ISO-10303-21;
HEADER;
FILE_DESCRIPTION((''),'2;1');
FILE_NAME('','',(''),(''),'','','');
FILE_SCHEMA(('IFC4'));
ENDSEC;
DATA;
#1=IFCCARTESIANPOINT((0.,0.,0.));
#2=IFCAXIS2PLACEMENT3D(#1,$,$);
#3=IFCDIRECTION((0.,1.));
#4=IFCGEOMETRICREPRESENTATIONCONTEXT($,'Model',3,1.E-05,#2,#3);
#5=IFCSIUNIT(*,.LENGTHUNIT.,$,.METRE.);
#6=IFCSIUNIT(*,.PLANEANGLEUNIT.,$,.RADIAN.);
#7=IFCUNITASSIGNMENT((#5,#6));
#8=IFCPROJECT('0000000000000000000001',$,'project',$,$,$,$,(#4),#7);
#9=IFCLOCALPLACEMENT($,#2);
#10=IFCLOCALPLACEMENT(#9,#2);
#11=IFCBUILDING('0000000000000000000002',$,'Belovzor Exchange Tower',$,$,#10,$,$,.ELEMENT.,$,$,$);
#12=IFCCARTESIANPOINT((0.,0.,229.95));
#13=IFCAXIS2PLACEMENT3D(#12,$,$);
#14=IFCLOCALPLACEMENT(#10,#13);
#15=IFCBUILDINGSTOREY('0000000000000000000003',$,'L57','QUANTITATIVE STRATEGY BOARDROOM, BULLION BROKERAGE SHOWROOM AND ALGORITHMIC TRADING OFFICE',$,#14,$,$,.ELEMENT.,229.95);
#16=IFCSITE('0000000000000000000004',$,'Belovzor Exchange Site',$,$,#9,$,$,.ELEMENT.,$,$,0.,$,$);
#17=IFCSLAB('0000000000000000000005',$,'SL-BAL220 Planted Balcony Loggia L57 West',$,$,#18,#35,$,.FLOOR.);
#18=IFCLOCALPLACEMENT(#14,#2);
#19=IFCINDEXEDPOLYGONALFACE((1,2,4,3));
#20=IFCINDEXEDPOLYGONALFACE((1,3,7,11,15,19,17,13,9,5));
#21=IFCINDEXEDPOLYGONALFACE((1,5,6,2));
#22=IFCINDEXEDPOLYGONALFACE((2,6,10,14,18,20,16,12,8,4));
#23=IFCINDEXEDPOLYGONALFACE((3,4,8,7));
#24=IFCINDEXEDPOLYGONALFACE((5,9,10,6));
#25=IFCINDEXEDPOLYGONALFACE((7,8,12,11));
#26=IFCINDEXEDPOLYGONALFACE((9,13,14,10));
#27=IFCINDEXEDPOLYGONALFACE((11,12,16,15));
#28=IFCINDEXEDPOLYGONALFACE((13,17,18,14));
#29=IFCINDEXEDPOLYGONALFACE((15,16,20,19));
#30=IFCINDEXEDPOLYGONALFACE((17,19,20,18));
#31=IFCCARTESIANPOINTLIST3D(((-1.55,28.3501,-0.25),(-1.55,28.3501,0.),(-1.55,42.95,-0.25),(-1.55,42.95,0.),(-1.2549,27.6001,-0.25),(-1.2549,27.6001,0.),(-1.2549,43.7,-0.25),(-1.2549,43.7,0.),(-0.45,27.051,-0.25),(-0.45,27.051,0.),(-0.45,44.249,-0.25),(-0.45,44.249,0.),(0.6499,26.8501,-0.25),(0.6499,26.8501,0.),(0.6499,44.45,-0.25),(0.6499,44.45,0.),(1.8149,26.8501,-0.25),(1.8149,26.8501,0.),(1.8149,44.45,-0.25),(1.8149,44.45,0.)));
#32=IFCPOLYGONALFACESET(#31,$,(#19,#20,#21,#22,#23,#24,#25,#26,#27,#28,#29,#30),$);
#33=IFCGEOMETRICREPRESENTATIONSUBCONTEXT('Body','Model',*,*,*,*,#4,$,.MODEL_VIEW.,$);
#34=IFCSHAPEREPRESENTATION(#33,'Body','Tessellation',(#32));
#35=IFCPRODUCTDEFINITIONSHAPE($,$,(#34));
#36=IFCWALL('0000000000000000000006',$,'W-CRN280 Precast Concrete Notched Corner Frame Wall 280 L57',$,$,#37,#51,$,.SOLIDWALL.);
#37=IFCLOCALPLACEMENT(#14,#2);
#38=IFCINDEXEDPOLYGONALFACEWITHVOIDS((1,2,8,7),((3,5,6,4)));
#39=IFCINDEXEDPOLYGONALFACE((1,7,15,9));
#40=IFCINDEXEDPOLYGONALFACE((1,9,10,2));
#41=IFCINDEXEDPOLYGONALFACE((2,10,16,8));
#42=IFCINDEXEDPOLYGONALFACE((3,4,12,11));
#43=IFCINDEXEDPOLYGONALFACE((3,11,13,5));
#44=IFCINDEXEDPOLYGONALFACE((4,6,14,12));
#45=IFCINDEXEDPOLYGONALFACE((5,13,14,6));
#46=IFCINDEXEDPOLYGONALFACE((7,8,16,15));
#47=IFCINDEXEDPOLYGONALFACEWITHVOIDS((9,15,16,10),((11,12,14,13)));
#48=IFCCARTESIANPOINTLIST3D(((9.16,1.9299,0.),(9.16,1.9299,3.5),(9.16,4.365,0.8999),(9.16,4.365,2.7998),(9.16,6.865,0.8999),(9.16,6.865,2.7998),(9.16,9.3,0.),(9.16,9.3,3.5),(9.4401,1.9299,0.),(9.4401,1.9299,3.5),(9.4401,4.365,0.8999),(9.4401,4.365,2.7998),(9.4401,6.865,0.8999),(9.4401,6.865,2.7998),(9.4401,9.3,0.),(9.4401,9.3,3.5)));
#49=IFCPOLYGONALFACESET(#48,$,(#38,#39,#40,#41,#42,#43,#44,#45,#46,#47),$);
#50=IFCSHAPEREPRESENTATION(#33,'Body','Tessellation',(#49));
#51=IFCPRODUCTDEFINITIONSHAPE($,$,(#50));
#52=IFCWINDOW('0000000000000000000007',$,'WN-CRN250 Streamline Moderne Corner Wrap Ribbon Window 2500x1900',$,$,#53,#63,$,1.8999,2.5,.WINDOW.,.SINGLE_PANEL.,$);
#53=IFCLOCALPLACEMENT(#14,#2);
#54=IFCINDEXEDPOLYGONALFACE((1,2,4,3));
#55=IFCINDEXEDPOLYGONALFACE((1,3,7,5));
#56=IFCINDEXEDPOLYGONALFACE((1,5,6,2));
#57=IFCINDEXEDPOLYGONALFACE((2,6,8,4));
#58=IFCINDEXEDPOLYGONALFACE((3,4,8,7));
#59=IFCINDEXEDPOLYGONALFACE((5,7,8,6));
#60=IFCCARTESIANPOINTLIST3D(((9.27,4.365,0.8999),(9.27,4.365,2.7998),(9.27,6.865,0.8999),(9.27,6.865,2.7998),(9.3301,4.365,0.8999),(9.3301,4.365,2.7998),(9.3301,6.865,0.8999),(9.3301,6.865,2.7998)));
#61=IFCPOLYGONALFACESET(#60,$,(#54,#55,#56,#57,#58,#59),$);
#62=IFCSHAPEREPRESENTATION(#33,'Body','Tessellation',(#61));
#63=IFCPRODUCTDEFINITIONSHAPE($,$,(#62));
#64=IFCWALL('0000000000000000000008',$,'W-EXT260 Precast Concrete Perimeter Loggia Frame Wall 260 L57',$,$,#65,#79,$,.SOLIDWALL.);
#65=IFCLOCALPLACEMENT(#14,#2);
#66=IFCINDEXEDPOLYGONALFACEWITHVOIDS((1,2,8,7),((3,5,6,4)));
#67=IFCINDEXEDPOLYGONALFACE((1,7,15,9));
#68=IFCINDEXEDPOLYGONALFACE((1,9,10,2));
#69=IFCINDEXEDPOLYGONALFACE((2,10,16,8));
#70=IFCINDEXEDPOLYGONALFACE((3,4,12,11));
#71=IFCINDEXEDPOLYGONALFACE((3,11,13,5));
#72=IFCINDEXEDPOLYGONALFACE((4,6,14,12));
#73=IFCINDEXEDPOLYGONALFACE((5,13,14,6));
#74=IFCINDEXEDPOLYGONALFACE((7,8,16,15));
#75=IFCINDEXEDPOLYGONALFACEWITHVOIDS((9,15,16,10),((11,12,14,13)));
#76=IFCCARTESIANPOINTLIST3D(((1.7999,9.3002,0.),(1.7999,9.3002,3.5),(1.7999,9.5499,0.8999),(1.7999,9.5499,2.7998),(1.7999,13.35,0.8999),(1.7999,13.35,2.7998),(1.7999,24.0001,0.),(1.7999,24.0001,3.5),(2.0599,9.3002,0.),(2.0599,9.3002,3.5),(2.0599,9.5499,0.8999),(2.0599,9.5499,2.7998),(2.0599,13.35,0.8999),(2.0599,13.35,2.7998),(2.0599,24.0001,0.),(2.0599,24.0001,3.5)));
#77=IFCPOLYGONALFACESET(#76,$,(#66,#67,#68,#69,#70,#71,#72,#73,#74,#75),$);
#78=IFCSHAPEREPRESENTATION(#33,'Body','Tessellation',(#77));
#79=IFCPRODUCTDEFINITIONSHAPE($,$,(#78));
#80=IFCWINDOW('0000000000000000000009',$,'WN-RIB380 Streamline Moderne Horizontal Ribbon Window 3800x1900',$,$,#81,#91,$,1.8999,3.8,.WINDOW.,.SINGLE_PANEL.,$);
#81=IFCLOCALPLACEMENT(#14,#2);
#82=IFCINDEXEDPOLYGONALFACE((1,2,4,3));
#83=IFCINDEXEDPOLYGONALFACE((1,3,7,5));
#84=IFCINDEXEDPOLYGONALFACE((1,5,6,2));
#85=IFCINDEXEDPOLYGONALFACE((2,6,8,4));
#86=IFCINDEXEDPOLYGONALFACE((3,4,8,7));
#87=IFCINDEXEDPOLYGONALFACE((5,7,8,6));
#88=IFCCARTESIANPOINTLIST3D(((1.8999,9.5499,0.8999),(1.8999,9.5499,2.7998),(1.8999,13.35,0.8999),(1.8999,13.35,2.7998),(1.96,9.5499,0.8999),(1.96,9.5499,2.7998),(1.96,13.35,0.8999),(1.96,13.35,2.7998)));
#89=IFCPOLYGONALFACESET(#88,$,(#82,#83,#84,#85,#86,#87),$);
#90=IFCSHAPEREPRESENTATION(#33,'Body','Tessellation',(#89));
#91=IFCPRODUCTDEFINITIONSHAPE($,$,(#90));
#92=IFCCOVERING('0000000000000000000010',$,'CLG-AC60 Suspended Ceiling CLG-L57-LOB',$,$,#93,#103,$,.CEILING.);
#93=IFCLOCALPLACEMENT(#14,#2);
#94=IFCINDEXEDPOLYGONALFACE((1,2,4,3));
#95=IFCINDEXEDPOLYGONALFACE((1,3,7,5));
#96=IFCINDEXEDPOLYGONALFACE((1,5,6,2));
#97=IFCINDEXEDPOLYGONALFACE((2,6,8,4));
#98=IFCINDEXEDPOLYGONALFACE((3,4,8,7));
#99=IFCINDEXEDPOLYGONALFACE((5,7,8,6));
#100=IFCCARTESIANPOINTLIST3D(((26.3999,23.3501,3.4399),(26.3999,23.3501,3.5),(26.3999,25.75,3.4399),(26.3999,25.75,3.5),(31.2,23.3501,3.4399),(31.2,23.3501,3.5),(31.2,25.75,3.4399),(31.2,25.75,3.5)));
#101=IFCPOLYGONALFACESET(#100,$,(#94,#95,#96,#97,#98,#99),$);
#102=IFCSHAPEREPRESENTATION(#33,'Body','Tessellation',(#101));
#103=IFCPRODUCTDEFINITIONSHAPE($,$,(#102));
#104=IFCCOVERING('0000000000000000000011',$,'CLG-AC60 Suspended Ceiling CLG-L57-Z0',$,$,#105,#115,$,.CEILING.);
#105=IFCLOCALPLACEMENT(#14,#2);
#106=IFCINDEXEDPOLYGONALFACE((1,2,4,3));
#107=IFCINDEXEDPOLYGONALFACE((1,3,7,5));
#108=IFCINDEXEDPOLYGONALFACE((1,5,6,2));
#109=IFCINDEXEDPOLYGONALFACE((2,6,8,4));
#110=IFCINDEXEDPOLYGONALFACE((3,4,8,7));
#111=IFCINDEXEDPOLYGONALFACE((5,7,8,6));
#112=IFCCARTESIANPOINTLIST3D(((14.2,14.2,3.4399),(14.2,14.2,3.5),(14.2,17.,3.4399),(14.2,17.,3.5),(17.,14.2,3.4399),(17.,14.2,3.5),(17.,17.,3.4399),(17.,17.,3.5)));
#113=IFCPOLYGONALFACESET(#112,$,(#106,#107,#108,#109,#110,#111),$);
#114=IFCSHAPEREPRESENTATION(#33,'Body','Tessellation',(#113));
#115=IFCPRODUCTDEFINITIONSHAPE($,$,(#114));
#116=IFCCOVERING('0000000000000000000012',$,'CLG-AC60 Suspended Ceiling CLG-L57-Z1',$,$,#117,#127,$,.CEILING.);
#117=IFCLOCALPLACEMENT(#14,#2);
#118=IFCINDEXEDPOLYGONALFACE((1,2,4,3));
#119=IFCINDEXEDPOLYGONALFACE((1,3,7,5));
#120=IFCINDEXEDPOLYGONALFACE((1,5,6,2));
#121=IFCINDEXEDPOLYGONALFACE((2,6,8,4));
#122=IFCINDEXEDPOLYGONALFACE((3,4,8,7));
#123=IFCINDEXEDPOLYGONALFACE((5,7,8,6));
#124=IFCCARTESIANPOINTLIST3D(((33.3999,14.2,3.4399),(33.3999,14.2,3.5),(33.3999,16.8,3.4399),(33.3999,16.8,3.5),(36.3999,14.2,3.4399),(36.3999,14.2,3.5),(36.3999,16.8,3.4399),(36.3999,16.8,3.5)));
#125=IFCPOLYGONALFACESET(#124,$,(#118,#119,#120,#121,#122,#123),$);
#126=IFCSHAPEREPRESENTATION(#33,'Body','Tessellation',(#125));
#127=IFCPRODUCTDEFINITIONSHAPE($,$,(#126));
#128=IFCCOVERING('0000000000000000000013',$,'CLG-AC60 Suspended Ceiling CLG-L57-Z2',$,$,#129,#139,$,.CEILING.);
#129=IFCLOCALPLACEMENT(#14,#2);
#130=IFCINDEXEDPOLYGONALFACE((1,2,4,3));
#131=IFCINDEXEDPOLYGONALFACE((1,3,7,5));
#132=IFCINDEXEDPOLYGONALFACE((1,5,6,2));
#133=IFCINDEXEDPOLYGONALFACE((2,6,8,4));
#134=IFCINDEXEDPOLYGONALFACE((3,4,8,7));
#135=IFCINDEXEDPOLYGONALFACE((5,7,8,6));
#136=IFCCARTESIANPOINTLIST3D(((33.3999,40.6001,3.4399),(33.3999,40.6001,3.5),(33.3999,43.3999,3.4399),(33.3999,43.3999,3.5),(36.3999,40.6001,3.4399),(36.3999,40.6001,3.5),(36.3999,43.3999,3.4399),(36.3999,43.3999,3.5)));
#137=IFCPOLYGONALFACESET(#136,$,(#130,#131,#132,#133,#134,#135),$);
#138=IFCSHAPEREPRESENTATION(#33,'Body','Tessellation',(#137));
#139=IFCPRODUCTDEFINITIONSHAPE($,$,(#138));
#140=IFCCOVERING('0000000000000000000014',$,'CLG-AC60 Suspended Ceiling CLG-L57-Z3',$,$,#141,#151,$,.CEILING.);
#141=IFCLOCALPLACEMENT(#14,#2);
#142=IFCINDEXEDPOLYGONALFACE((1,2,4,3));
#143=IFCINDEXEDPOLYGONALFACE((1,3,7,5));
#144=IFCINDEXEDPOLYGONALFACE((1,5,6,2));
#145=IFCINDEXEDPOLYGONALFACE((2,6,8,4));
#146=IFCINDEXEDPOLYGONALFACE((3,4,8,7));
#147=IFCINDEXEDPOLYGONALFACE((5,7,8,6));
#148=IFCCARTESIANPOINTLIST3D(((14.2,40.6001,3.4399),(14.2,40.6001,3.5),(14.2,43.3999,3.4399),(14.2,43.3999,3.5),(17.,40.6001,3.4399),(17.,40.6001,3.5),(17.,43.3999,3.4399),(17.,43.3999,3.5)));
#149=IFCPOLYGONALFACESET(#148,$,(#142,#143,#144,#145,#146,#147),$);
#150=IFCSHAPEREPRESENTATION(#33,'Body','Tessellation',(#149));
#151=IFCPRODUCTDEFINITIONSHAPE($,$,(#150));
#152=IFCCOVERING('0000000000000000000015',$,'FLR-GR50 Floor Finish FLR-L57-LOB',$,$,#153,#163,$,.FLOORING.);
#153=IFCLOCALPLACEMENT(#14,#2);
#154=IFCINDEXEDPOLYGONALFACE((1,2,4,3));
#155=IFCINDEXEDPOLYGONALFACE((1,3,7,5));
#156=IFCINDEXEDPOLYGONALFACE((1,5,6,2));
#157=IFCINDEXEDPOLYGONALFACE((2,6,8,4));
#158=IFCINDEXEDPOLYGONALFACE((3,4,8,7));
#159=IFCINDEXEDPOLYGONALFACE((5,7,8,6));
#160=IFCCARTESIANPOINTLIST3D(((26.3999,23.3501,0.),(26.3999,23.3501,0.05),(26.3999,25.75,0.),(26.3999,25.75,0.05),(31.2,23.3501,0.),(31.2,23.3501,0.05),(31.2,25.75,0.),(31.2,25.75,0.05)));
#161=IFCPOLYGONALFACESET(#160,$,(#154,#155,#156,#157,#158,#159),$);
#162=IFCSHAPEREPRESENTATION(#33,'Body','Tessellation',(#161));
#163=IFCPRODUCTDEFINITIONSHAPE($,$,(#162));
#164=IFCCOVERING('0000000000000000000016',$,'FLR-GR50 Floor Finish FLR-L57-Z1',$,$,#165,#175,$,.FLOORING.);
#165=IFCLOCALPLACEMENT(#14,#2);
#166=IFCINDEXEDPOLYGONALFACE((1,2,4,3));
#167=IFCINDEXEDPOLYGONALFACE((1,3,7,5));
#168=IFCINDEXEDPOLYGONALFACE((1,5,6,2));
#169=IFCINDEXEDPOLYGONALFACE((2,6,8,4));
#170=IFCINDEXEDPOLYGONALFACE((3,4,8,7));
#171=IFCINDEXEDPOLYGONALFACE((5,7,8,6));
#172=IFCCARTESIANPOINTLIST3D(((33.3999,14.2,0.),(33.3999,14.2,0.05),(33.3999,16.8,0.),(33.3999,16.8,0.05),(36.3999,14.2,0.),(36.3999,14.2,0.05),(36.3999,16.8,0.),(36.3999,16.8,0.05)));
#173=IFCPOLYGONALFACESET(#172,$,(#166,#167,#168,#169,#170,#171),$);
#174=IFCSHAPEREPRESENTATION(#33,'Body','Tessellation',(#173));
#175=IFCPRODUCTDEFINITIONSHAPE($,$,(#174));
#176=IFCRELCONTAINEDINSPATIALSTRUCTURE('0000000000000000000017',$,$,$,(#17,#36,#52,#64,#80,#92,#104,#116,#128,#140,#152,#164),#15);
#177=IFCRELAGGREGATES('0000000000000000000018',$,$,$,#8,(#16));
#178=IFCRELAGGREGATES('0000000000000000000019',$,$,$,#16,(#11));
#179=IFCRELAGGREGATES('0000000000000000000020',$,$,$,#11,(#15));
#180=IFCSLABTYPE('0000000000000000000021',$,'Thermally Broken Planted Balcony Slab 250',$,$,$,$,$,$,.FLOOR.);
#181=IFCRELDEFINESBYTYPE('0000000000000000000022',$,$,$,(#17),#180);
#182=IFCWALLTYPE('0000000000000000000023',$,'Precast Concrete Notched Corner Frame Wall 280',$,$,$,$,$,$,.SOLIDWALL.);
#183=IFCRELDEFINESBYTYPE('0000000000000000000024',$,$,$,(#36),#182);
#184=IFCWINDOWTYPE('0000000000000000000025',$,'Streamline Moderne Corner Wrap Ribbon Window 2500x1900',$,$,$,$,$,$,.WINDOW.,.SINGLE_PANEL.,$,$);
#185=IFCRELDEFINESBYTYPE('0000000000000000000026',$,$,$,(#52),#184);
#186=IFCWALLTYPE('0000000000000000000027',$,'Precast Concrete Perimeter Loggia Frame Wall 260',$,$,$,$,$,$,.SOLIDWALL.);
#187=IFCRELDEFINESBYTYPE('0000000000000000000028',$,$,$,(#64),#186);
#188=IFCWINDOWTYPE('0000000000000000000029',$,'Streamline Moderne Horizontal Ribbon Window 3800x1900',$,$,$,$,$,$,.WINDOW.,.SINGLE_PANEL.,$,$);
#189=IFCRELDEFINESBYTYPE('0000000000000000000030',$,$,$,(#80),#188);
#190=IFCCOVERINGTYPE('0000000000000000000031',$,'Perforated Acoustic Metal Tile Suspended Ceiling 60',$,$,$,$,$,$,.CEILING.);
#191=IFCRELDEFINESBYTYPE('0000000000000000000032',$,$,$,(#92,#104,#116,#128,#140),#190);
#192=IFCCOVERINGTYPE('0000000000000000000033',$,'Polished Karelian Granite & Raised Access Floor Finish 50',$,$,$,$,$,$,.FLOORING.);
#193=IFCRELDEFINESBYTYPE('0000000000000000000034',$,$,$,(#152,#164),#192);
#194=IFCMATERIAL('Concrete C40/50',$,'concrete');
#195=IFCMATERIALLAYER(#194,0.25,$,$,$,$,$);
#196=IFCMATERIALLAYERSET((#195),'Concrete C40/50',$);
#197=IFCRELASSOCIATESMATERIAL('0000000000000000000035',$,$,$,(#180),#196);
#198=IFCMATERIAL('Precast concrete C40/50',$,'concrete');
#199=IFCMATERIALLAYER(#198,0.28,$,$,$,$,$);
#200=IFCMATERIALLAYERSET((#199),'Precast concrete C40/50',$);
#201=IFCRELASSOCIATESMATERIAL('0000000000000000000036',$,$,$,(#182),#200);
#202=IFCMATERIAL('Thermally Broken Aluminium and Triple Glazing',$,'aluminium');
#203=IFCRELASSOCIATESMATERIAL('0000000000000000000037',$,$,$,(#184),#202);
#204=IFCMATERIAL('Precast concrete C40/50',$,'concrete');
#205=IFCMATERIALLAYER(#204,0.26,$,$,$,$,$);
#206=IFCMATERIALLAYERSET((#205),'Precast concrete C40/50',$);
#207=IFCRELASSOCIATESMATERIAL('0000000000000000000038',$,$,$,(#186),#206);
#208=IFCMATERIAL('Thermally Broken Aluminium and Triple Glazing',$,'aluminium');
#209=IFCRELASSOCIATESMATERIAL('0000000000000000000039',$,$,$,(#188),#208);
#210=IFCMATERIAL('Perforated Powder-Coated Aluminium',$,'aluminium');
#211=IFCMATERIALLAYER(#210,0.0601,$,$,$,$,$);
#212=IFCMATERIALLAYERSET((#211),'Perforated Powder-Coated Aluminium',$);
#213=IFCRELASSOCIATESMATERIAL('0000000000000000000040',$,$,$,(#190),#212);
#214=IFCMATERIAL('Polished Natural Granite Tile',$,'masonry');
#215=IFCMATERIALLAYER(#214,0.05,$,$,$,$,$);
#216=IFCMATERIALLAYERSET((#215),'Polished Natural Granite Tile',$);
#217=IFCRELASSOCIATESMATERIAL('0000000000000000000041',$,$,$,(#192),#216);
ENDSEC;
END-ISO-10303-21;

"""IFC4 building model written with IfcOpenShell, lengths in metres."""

from ifc_helpers import new_model, si_unit, direction, frame, frame_2d, origin, place, context, subcontext, project, spatial, polyline, rectangle, outline, extrude, material, layer, layer_set, type_object, element, fill, save


model = new_model("IFC4")

# Units and contexts
model_context = context("Model", 3, precision=1e-05, world=origin(), true_north=direction((0.0, 1.0)))
body_context = subcontext(model_context, "Body", "Model", "MODEL_VIEW")
ifc_project = project(units=[si_unit("LENGTHUNIT", "METRE"), si_unit("PLANEANGLEUNIT", "RADIAN")], contexts=[model_context])

# Site, building, storey
site_placement = place(None, origin())
site = spatial("IfcSite", under=ifc_project, at=site_placement, Name="Belovzor Exchange Site", CompositionType="ELEMENT", RefElevation=0.0)
building_placement = place(site_placement, origin())
building = spatial("IfcBuilding", under=site, at=building_placement, Name="Belovzor Exchange Tower", CompositionType="ELEMENT")
storey_placement = place(building_placement, frame((0.0, 0.0, 229.95)))
storey = spatial("IfcBuildingStorey", under=building, at=storey_placement, Name="L57", Description="QUANTITATIVE STRATEGY BOARDROOM, BULLION BROKERAGE SHOWROOM AND ALGORITHMIC TRADING OFFICE", CompositionType="ELEMENT", Elevation=229.95)

# Slab
ifc_material_1 = material(Name="Concrete C40/50", Category="concrete")
ifc_layer_1 = layer(ifc_material_1, 0.25)
ifc_layer_set_1 = layer_set([ifc_layer_1], Name="Concrete C40/50")
slab_type_1 = type_object("IfcSlabType", Name="Thermally Broken Planted Balcony Slab 250", PredefinedType="FLOOR", material=ifc_layer_set_1)
slab_1_placement = place(storey_placement, frame((0.0, 0.0, -0.25)))
element("IfcSlab", 1, at=slab_1_placement, inside=storey, type_object=slab_type_1, Name="SL-BAL220 Planted Balcony Loggia L57 West", PredefinedType="FLOOR", context=body_context, shape_type="SweptSolid", body=[
    extrude(outline(polyline([(1.8149, 44.45), (0.6499, 44.45), (-0.45, 44.249), (-1.2549, 43.7), (-1.55, 42.95), (-1.55, 28.3501), (-1.2549, 27.6001), (-0.45, 27.051), (0.6499, 26.8501), (1.8149, 26.8501), (1.8149, 44.45)])), origin(), (0.0, 0.0, 1.0), 0.25),
])

# Walls, openings, windows
ifc_material_2 = material(Name="Precast concrete C40/50", Category="concrete")
ifc_layer_2 = layer(ifc_material_2, 0.28)
ifc_layer_set_2 = layer_set([ifc_layer_2], Name="Precast concrete C40/50")
wall_type_1 = type_object("IfcWallType", Name="Precast Concrete Notched Corner Frame Wall 280", PredefinedType="SOLIDWALL", material=ifc_layer_set_2)
wall_1_placement = place(storey_placement, frame((9.3, 1.9299, 0.0), z_axis=(0.0, 0.0, 1.0), x_axis=(0.0, 1.0, 0.0)))
wall_1 = element("IfcWall", 2, at=wall_1_placement, inside=storey, type_object=wall_type_1, Name="W-CRN280 Precast Concrete Notched Corner Frame Wall 280 L57", PredefinedType="SOLIDWALL", context=body_context, shape_type="SweptSolid", body=[
    extrude(rectangle(XDim=7.3701, YDim=0.28, at=frame_2d((3.6851, 0.0))), origin(), (0.0, 0.0, 1.0), 3.5),
])
opening_1_placement = place(wall_1_placement, frame((2.4351, 0.0, 0.8999)))
opening_1 = element("IfcOpeningElement", 3, at=opening_1_placement, cuts=wall_1, PredefinedType="OPENING", context=body_context, shape_type="SweptSolid", body=[
    extrude(rectangle(XDim=2.5, YDim=1.8999, at=frame_2d((1.25, 0.95))), frame((0.0, 0.1499, 0.0), z_axis=(0.0, -1.0, 0.0), x_axis=(1.0, 0.0, 0.0)), (0.0, 0.0, 1.0), 0.3),
])
ifc_material_3 = material(Name="Thermally Broken Aluminium and Triple Glazing", Category="aluminium")
window_type_1 = type_object("IfcWindowType", Name="Streamline Moderne Corner Wrap Ribbon Window 2500x1900", PartitioningType="SINGLE_PANEL", PredefinedType="WINDOW", material=ifc_material_3)
window_1_placement = place(opening_1_placement, origin())
window_1 = element("IfcWindow", 4, at=window_1_placement, inside=storey, type_object=window_type_1, Name="WN-CRN250 Streamline Moderne Corner Wrap Ribbon Window 2500x1900", OverallHeight=1.8999, OverallWidth=2.5, PartitioningType="SINGLE_PANEL", PredefinedType="WINDOW", context=body_context, shape_type="SweptSolid", body=[
    extrude(rectangle(XDim=2.5, YDim=1.8999, at=frame_2d((1.25, 0.95))), frame((0.0, 0.03, 0.0), z_axis=(0.0, -1.0, 0.0), x_axis=(1.0, 0.0, 0.0)), (0.0, 0.0, 1.0), 0.0601),
])
fill(opening_1, window_1)
ifc_material_4 = material(Name="Precast concrete C40/50", Category="concrete")
ifc_layer_3 = layer(ifc_material_4, 0.26)
ifc_layer_set_3 = layer_set([ifc_layer_3], Name="Precast concrete C40/50")
wall_type_2 = type_object("IfcWallType", Name="Precast Concrete Perimeter Loggia Frame Wall 260", PredefinedType="SOLIDWALL", material=ifc_layer_set_3)
wall_2_placement = place(storey_placement, frame((1.9299, 9.3, 0.0), z_axis=(0.0, 0.0, 1.0), x_axis=(0.0, 1.0, 0.0)))
wall_2 = element("IfcWall", 5, at=wall_2_placement, inside=storey, type_object=wall_type_2, Name="W-EXT260 Precast Concrete Perimeter Loggia Frame Wall 260 L57", PredefinedType="SOLIDWALL", context=body_context, shape_type="SweptSolid", body=[
    extrude(rectangle(XDim=14.7, YDim=0.26, at=frame_2d((7.3501, 0.0))), origin(), (0.0, 0.0, 1.0), 3.5),
])
opening_2_placement = place(wall_2_placement, frame((0.25, 0.0, 0.8999)))
opening_2 = element("IfcOpeningElement", 6, at=opening_2_placement, cuts=wall_2, PredefinedType="OPENING", context=body_context, shape_type="SweptSolid", body=[
    extrude(rectangle(XDim=3.8, YDim=1.8999, at=frame_2d((1.8999, 0.95))), frame((0.0, 0.1399, 0.0), z_axis=(0.0, -1.0, 0.0), x_axis=(1.0, 0.0, 0.0)), (0.0, 0.0, 1.0), 0.28),
])
ifc_material_5 = material(Name="Thermally Broken Aluminium and Triple Glazing", Category="aluminium")
window_type_2 = type_object("IfcWindowType", Name="Streamline Moderne Horizontal Ribbon Window 3800x1900", PartitioningType="SINGLE_PANEL", PredefinedType="WINDOW", material=ifc_material_5)
window_2_placement = place(opening_2_placement, origin())
window_2 = element("IfcWindow", 7, at=window_2_placement, inside=storey, type_object=window_type_2, Name="WN-RIB380 Streamline Moderne Horizontal Ribbon Window 3800x1900", OverallHeight=1.8999, OverallWidth=3.8, PartitioningType="SINGLE_PANEL", PredefinedType="WINDOW", context=body_context, shape_type="SweptSolid", body=[
    extrude(rectangle(XDim=3.8, YDim=1.8999, at=frame_2d((1.8999, 0.95))), frame((0.0, 0.03, 0.0), z_axis=(0.0, -1.0, 0.0), x_axis=(1.0, 0.0, 0.0)), (0.0, 0.0, 1.0), 0.0601),
])
fill(opening_2, window_2)

# Coverings
ifc_material_6 = material(Name="Perforated Powder-Coated Aluminium", Category="aluminium")
ifc_layer_4 = layer(ifc_material_6, 0.0601)
ifc_layer_set_4 = layer_set([ifc_layer_4], Name="Perforated Powder-Coated Aluminium")
covering_type_1 = type_object("IfcCoveringType", Name="Perforated Acoustic Metal Tile Suspended Ceiling 60", PredefinedType="CEILING", material=ifc_layer_set_4)
covering_1_placement = place(storey_placement, frame((0.0, 0.0, 3.4399)))
element("IfcCovering", 8, at=covering_1_placement, inside=storey, type_object=covering_type_1, Name="CLG-AC60 Suspended Ceiling CLG-L57-LOB", PredefinedType="CEILING", context=body_context, shape_type="SweptSolid", body=[
    extrude(outline(polyline([(26.3999, 23.3501), (31.2, 23.3501), (31.2, 25.75), (26.3999, 25.75), (26.3999, 23.3501)])), origin(), (0.0, 0.0, 1.0), 0.0601),
])
covering_2_placement = place(storey_placement, frame((0.0, 0.0, 3.4399)))
element("IfcCovering", 9, at=covering_2_placement, inside=storey, type_object=covering_type_1, Name="CLG-AC60 Suspended Ceiling CLG-L57-Z0", PredefinedType="CEILING", context=body_context, shape_type="SweptSolid", body=[
    extrude(outline(polyline([(14.2, 14.2), (17.0, 14.2), (17.0, 17.0), (14.2, 17.0), (14.2, 14.2)])), origin(), (0.0, 0.0, 1.0), 0.0601),
])
covering_3_placement = place(storey_placement, frame((0.0, 0.0, 3.4399)))
element("IfcCovering", 10, at=covering_3_placement, inside=storey, type_object=covering_type_1, Name="CLG-AC60 Suspended Ceiling CLG-L57-Z1", PredefinedType="CEILING", context=body_context, shape_type="SweptSolid", body=[
    extrude(outline(polyline([(33.3999, 14.2), (36.3999, 14.2), (36.3999, 16.8), (33.3999, 16.8), (33.3999, 14.2)])), origin(), (0.0, 0.0, 1.0), 0.0601),
])
covering_4_placement = place(storey_placement, frame((0.0, 0.0, 3.4399)))
element("IfcCovering", 11, at=covering_4_placement, inside=storey, type_object=covering_type_1, Name="CLG-AC60 Suspended Ceiling CLG-L57-Z2", PredefinedType="CEILING", context=body_context, shape_type="SweptSolid", body=[
    extrude(outline(polyline([(33.3999, 40.6001), (36.3999, 40.6001), (36.3999, 43.3999), (33.3999, 43.3999), (33.3999, 40.6001)])), origin(), (0.0, 0.0, 1.0), 0.0601),
])
covering_5_placement = place(storey_placement, frame((0.0, 0.0, 3.4399)))
element("IfcCovering", 12, at=covering_5_placement, inside=storey, type_object=covering_type_1, Name="CLG-AC60 Suspended Ceiling CLG-L57-Z3", PredefinedType="CEILING", context=body_context, shape_type="SweptSolid", body=[
    extrude(outline(polyline([(14.2, 40.6001), (17.0, 40.6001), (17.0, 43.3999), (14.2, 43.3999), (14.2, 40.6001)])), origin(), (0.0, 0.0, 1.0), 0.0601),
])
ifc_material_7 = material(Name="Polished Natural Granite Tile", Category="masonry")
ifc_layer_5 = layer(ifc_material_7, 0.05)
ifc_layer_set_5 = layer_set([ifc_layer_5], Name="Polished Natural Granite Tile")
covering_type_2 = type_object("IfcCoveringType", Name="Polished Karelian Granite & Raised Access Floor Finish 50", PredefinedType="FLOORING", material=ifc_layer_set_5)
covering_6_placement = place(storey_placement, origin())
element("IfcCovering", 13, at=covering_6_placement, inside=storey, type_object=covering_type_2, Name="FLR-GR50 Floor Finish FLR-L57-LOB", PredefinedType="FLOORING", context=body_context, shape_type="SweptSolid", body=[
    extrude(outline(polyline([(26.3999, 23.3501), (31.2, 23.3501), (31.2, 25.75), (26.3999, 25.75), (26.3999, 23.3501)])), origin(), (0.0, 0.0, 1.0), 0.05),
])
covering_7_placement = place(storey_placement, origin())
element("IfcCovering", 14, at=covering_7_placement, inside=storey, type_object=covering_type_2, Name="FLR-GR50 Floor Finish FLR-L57-Z1", PredefinedType="FLOORING", context=body_context, shape_type="SweptSolid", body=[
    extrude(outline(polyline([(33.3999, 14.2), (36.3999, 14.2), (36.3999, 16.8), (33.3999, 16.8), (33.3999, 14.2)])), origin(), (0.0, 0.0, 1.0), 0.05),
])

save(model, "model.ifc")
